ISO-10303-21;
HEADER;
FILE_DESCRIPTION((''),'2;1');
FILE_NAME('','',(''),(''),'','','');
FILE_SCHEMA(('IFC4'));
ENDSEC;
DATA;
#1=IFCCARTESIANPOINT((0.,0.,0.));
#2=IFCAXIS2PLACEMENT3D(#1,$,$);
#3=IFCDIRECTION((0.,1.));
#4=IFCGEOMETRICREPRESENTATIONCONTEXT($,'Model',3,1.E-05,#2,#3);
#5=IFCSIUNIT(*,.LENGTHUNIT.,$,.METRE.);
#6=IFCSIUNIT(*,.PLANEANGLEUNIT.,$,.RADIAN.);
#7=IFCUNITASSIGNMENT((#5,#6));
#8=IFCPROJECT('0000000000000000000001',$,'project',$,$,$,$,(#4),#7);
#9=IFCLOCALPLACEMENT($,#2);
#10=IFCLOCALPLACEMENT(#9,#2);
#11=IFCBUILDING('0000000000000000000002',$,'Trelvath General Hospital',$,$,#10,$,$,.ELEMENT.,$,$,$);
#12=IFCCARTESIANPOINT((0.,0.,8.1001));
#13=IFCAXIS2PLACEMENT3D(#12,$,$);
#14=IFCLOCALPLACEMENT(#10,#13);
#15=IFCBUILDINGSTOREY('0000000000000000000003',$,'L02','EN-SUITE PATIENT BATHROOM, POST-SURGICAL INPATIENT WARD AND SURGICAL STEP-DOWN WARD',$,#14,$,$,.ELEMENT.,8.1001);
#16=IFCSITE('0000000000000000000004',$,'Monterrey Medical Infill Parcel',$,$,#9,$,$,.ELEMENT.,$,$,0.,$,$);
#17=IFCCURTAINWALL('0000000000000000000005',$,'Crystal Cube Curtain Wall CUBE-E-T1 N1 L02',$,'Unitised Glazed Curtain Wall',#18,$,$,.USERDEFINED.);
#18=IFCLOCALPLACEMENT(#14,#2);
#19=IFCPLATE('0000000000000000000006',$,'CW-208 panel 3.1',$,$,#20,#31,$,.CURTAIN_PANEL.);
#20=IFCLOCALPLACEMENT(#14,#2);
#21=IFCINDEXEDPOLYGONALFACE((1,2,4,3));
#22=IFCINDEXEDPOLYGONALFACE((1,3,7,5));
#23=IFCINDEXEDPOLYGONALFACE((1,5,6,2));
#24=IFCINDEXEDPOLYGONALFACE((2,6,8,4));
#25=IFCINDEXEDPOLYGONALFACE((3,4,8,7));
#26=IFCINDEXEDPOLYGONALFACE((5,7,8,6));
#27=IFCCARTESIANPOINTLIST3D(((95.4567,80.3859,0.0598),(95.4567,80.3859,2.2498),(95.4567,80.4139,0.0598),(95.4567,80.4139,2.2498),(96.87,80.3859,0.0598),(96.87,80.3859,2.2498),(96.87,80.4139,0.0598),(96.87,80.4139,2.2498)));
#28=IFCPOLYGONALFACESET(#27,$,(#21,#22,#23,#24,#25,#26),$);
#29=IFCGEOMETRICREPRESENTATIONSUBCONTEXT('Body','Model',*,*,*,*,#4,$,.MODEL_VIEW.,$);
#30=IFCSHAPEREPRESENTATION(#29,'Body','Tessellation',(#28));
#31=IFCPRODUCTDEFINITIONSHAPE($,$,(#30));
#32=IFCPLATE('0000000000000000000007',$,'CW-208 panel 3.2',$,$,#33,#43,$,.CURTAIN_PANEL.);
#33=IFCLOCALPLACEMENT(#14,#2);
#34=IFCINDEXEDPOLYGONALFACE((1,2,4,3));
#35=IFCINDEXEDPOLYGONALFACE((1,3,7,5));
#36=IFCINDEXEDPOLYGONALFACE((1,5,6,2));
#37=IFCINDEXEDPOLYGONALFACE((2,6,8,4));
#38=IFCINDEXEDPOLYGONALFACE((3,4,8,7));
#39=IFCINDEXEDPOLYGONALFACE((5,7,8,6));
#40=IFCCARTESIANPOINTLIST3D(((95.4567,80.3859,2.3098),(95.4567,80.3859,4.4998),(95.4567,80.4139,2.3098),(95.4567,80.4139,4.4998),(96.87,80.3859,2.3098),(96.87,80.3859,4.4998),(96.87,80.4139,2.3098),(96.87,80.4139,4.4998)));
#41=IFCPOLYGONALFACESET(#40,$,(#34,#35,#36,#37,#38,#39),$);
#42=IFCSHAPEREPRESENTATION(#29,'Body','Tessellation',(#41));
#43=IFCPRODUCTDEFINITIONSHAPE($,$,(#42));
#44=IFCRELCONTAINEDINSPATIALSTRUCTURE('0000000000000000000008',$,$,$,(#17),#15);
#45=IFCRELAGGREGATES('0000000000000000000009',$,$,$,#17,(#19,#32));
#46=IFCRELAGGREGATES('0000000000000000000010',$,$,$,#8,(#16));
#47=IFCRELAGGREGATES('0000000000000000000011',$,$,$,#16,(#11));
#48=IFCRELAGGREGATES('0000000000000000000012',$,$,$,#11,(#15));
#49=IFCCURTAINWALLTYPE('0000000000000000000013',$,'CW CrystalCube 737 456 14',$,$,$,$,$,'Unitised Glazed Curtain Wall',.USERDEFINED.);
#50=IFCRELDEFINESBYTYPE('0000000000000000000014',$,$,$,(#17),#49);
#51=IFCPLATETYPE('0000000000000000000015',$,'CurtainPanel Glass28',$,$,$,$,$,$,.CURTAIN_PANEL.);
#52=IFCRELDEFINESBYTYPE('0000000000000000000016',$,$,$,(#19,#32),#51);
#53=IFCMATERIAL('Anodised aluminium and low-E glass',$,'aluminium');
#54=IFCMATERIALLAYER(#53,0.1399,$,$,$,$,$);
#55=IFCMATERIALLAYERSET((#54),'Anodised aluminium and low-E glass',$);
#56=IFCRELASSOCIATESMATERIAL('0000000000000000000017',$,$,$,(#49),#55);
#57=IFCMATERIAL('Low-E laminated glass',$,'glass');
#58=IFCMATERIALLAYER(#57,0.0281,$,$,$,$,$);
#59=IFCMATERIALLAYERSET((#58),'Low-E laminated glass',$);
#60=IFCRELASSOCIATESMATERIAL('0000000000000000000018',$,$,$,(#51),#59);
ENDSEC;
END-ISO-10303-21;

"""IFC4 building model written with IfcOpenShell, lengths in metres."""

from ifc_helpers import new_model, si_unit, direction, frame, origin, origin_2d, place, context, subcontext, project, spatial, rectangle, extrude, material, layer, layer_set, type_object, element, aggregate, save


model = new_model("IFC4")

# Units and contexts
model_context = context("Model", 3, precision=1e-05, world=origin(), true_north=direction((0.0, 1.0)))
body_context = subcontext(model_context, "Body", "Model", "MODEL_VIEW")
ifc_project = project(units=[si_unit("LENGTHUNIT", "METRE"), si_unit("PLANEANGLEUNIT", "RADIAN")], contexts=[model_context])

# Site, building, storey
site_placement = place(None, origin())
site = spatial("IfcSite", under=ifc_project, at=site_placement, Name="Monterrey Medical Infill Parcel", CompositionType="ELEMENT", RefElevation=0.0)
building_placement = place(site_placement, origin())
building = spatial("IfcBuilding", under=site, at=building_placement, Name="Trelvath General Hospital", CompositionType="ELEMENT")
storey_placement = place(building_placement, frame((0.0, 0.0, 8.1001)))
storey = spatial("IfcBuildingStorey", under=building, at=storey_placement, Name="L02", Description="EN-SUITE PATIENT BATHROOM, POST-SURGICAL INPATIENT WARD AND SURGICAL STEP-DOWN WARD", CompositionType="ELEMENT", Elevation=8.1001)

# Curtain wall
ifc_material_1 = material(Name="Anodised aluminium and low-E glass", Category="aluminium")
ifc_layer_1 = layer(ifc_material_1, 0.1399)
ifc_layer_set_1 = layer_set([ifc_layer_1], Name="Anodised aluminium and low-E glass")
curtain_wall_type = type_object("IfcCurtainWallType", Name="CW CrystalCube 737 456 14", ElementType="Unitised Glazed Curtain Wall", PredefinedType="USERDEFINED", material=ifc_layer_set_1)
curtain_wall_placement = place(storey_placement, origin())
curtain_wall = element("IfcCurtainWall", 1, at=curtain_wall_placement, inside=storey, type_object=curtain_wall_type, Name="Crystal Cube Curtain Wall CUBE-E-T1 N1 L02", ObjectType="Unitised Glazed Curtain Wall", PredefinedType="USERDEFINED")

# Plates
ifc_material_2 = material(Name="Low-E laminated glass", Category="glass")
ifc_layer_2 = layer(ifc_material_2, 0.0281)
ifc_layer_set_2 = layer_set([ifc_layer_2], Name="Low-E laminated glass")
plate_type = type_object("IfcPlateType", Name="CurtainPanel Glass28", PredefinedType="CURTAIN_PANEL", material=ifc_layer_set_2)
plate_1_placement = place(storey_placement, frame((96.1633, 80.3999, 0.0598), z_axis=(0.0, 0.0, 1.0), x_axis=(1.0, 0.0, 0.0)))
plate_1 = element("IfcPlate", 2, at=plate_1_placement, type_object=plate_type, Name="CW-208 panel 3.1", PredefinedType="CURTAIN_PANEL", context=body_context, shape_type="SweptSolid", body=[
    extrude(rectangle(XDim=1.4133, YDim=0.0281, at=origin_2d()), origin(), (0.0, 0.0, 1.0), 2.1899),
])
plate_2_placement = place(storey_placement, frame((96.1633, 80.3999, 2.3098), z_axis=(0.0, 0.0, 1.0), x_axis=(1.0, 0.0, 0.0)))
plate_2 = element("IfcPlate", 3, at=plate_2_placement, type_object=plate_type, Name="CW-208 panel 3.2", PredefinedType="CURTAIN_PANEL", context=body_context, shape_type="SweptSolid", body=[
    extrude(rectangle(XDim=1.4133, YDim=0.0281, at=origin_2d()), origin(), (0.0, 0.0, 1.0), 2.1899),
])
aggregate(curtain_wall, [plate_1, plate_2])

save(model, "model.ifc")
